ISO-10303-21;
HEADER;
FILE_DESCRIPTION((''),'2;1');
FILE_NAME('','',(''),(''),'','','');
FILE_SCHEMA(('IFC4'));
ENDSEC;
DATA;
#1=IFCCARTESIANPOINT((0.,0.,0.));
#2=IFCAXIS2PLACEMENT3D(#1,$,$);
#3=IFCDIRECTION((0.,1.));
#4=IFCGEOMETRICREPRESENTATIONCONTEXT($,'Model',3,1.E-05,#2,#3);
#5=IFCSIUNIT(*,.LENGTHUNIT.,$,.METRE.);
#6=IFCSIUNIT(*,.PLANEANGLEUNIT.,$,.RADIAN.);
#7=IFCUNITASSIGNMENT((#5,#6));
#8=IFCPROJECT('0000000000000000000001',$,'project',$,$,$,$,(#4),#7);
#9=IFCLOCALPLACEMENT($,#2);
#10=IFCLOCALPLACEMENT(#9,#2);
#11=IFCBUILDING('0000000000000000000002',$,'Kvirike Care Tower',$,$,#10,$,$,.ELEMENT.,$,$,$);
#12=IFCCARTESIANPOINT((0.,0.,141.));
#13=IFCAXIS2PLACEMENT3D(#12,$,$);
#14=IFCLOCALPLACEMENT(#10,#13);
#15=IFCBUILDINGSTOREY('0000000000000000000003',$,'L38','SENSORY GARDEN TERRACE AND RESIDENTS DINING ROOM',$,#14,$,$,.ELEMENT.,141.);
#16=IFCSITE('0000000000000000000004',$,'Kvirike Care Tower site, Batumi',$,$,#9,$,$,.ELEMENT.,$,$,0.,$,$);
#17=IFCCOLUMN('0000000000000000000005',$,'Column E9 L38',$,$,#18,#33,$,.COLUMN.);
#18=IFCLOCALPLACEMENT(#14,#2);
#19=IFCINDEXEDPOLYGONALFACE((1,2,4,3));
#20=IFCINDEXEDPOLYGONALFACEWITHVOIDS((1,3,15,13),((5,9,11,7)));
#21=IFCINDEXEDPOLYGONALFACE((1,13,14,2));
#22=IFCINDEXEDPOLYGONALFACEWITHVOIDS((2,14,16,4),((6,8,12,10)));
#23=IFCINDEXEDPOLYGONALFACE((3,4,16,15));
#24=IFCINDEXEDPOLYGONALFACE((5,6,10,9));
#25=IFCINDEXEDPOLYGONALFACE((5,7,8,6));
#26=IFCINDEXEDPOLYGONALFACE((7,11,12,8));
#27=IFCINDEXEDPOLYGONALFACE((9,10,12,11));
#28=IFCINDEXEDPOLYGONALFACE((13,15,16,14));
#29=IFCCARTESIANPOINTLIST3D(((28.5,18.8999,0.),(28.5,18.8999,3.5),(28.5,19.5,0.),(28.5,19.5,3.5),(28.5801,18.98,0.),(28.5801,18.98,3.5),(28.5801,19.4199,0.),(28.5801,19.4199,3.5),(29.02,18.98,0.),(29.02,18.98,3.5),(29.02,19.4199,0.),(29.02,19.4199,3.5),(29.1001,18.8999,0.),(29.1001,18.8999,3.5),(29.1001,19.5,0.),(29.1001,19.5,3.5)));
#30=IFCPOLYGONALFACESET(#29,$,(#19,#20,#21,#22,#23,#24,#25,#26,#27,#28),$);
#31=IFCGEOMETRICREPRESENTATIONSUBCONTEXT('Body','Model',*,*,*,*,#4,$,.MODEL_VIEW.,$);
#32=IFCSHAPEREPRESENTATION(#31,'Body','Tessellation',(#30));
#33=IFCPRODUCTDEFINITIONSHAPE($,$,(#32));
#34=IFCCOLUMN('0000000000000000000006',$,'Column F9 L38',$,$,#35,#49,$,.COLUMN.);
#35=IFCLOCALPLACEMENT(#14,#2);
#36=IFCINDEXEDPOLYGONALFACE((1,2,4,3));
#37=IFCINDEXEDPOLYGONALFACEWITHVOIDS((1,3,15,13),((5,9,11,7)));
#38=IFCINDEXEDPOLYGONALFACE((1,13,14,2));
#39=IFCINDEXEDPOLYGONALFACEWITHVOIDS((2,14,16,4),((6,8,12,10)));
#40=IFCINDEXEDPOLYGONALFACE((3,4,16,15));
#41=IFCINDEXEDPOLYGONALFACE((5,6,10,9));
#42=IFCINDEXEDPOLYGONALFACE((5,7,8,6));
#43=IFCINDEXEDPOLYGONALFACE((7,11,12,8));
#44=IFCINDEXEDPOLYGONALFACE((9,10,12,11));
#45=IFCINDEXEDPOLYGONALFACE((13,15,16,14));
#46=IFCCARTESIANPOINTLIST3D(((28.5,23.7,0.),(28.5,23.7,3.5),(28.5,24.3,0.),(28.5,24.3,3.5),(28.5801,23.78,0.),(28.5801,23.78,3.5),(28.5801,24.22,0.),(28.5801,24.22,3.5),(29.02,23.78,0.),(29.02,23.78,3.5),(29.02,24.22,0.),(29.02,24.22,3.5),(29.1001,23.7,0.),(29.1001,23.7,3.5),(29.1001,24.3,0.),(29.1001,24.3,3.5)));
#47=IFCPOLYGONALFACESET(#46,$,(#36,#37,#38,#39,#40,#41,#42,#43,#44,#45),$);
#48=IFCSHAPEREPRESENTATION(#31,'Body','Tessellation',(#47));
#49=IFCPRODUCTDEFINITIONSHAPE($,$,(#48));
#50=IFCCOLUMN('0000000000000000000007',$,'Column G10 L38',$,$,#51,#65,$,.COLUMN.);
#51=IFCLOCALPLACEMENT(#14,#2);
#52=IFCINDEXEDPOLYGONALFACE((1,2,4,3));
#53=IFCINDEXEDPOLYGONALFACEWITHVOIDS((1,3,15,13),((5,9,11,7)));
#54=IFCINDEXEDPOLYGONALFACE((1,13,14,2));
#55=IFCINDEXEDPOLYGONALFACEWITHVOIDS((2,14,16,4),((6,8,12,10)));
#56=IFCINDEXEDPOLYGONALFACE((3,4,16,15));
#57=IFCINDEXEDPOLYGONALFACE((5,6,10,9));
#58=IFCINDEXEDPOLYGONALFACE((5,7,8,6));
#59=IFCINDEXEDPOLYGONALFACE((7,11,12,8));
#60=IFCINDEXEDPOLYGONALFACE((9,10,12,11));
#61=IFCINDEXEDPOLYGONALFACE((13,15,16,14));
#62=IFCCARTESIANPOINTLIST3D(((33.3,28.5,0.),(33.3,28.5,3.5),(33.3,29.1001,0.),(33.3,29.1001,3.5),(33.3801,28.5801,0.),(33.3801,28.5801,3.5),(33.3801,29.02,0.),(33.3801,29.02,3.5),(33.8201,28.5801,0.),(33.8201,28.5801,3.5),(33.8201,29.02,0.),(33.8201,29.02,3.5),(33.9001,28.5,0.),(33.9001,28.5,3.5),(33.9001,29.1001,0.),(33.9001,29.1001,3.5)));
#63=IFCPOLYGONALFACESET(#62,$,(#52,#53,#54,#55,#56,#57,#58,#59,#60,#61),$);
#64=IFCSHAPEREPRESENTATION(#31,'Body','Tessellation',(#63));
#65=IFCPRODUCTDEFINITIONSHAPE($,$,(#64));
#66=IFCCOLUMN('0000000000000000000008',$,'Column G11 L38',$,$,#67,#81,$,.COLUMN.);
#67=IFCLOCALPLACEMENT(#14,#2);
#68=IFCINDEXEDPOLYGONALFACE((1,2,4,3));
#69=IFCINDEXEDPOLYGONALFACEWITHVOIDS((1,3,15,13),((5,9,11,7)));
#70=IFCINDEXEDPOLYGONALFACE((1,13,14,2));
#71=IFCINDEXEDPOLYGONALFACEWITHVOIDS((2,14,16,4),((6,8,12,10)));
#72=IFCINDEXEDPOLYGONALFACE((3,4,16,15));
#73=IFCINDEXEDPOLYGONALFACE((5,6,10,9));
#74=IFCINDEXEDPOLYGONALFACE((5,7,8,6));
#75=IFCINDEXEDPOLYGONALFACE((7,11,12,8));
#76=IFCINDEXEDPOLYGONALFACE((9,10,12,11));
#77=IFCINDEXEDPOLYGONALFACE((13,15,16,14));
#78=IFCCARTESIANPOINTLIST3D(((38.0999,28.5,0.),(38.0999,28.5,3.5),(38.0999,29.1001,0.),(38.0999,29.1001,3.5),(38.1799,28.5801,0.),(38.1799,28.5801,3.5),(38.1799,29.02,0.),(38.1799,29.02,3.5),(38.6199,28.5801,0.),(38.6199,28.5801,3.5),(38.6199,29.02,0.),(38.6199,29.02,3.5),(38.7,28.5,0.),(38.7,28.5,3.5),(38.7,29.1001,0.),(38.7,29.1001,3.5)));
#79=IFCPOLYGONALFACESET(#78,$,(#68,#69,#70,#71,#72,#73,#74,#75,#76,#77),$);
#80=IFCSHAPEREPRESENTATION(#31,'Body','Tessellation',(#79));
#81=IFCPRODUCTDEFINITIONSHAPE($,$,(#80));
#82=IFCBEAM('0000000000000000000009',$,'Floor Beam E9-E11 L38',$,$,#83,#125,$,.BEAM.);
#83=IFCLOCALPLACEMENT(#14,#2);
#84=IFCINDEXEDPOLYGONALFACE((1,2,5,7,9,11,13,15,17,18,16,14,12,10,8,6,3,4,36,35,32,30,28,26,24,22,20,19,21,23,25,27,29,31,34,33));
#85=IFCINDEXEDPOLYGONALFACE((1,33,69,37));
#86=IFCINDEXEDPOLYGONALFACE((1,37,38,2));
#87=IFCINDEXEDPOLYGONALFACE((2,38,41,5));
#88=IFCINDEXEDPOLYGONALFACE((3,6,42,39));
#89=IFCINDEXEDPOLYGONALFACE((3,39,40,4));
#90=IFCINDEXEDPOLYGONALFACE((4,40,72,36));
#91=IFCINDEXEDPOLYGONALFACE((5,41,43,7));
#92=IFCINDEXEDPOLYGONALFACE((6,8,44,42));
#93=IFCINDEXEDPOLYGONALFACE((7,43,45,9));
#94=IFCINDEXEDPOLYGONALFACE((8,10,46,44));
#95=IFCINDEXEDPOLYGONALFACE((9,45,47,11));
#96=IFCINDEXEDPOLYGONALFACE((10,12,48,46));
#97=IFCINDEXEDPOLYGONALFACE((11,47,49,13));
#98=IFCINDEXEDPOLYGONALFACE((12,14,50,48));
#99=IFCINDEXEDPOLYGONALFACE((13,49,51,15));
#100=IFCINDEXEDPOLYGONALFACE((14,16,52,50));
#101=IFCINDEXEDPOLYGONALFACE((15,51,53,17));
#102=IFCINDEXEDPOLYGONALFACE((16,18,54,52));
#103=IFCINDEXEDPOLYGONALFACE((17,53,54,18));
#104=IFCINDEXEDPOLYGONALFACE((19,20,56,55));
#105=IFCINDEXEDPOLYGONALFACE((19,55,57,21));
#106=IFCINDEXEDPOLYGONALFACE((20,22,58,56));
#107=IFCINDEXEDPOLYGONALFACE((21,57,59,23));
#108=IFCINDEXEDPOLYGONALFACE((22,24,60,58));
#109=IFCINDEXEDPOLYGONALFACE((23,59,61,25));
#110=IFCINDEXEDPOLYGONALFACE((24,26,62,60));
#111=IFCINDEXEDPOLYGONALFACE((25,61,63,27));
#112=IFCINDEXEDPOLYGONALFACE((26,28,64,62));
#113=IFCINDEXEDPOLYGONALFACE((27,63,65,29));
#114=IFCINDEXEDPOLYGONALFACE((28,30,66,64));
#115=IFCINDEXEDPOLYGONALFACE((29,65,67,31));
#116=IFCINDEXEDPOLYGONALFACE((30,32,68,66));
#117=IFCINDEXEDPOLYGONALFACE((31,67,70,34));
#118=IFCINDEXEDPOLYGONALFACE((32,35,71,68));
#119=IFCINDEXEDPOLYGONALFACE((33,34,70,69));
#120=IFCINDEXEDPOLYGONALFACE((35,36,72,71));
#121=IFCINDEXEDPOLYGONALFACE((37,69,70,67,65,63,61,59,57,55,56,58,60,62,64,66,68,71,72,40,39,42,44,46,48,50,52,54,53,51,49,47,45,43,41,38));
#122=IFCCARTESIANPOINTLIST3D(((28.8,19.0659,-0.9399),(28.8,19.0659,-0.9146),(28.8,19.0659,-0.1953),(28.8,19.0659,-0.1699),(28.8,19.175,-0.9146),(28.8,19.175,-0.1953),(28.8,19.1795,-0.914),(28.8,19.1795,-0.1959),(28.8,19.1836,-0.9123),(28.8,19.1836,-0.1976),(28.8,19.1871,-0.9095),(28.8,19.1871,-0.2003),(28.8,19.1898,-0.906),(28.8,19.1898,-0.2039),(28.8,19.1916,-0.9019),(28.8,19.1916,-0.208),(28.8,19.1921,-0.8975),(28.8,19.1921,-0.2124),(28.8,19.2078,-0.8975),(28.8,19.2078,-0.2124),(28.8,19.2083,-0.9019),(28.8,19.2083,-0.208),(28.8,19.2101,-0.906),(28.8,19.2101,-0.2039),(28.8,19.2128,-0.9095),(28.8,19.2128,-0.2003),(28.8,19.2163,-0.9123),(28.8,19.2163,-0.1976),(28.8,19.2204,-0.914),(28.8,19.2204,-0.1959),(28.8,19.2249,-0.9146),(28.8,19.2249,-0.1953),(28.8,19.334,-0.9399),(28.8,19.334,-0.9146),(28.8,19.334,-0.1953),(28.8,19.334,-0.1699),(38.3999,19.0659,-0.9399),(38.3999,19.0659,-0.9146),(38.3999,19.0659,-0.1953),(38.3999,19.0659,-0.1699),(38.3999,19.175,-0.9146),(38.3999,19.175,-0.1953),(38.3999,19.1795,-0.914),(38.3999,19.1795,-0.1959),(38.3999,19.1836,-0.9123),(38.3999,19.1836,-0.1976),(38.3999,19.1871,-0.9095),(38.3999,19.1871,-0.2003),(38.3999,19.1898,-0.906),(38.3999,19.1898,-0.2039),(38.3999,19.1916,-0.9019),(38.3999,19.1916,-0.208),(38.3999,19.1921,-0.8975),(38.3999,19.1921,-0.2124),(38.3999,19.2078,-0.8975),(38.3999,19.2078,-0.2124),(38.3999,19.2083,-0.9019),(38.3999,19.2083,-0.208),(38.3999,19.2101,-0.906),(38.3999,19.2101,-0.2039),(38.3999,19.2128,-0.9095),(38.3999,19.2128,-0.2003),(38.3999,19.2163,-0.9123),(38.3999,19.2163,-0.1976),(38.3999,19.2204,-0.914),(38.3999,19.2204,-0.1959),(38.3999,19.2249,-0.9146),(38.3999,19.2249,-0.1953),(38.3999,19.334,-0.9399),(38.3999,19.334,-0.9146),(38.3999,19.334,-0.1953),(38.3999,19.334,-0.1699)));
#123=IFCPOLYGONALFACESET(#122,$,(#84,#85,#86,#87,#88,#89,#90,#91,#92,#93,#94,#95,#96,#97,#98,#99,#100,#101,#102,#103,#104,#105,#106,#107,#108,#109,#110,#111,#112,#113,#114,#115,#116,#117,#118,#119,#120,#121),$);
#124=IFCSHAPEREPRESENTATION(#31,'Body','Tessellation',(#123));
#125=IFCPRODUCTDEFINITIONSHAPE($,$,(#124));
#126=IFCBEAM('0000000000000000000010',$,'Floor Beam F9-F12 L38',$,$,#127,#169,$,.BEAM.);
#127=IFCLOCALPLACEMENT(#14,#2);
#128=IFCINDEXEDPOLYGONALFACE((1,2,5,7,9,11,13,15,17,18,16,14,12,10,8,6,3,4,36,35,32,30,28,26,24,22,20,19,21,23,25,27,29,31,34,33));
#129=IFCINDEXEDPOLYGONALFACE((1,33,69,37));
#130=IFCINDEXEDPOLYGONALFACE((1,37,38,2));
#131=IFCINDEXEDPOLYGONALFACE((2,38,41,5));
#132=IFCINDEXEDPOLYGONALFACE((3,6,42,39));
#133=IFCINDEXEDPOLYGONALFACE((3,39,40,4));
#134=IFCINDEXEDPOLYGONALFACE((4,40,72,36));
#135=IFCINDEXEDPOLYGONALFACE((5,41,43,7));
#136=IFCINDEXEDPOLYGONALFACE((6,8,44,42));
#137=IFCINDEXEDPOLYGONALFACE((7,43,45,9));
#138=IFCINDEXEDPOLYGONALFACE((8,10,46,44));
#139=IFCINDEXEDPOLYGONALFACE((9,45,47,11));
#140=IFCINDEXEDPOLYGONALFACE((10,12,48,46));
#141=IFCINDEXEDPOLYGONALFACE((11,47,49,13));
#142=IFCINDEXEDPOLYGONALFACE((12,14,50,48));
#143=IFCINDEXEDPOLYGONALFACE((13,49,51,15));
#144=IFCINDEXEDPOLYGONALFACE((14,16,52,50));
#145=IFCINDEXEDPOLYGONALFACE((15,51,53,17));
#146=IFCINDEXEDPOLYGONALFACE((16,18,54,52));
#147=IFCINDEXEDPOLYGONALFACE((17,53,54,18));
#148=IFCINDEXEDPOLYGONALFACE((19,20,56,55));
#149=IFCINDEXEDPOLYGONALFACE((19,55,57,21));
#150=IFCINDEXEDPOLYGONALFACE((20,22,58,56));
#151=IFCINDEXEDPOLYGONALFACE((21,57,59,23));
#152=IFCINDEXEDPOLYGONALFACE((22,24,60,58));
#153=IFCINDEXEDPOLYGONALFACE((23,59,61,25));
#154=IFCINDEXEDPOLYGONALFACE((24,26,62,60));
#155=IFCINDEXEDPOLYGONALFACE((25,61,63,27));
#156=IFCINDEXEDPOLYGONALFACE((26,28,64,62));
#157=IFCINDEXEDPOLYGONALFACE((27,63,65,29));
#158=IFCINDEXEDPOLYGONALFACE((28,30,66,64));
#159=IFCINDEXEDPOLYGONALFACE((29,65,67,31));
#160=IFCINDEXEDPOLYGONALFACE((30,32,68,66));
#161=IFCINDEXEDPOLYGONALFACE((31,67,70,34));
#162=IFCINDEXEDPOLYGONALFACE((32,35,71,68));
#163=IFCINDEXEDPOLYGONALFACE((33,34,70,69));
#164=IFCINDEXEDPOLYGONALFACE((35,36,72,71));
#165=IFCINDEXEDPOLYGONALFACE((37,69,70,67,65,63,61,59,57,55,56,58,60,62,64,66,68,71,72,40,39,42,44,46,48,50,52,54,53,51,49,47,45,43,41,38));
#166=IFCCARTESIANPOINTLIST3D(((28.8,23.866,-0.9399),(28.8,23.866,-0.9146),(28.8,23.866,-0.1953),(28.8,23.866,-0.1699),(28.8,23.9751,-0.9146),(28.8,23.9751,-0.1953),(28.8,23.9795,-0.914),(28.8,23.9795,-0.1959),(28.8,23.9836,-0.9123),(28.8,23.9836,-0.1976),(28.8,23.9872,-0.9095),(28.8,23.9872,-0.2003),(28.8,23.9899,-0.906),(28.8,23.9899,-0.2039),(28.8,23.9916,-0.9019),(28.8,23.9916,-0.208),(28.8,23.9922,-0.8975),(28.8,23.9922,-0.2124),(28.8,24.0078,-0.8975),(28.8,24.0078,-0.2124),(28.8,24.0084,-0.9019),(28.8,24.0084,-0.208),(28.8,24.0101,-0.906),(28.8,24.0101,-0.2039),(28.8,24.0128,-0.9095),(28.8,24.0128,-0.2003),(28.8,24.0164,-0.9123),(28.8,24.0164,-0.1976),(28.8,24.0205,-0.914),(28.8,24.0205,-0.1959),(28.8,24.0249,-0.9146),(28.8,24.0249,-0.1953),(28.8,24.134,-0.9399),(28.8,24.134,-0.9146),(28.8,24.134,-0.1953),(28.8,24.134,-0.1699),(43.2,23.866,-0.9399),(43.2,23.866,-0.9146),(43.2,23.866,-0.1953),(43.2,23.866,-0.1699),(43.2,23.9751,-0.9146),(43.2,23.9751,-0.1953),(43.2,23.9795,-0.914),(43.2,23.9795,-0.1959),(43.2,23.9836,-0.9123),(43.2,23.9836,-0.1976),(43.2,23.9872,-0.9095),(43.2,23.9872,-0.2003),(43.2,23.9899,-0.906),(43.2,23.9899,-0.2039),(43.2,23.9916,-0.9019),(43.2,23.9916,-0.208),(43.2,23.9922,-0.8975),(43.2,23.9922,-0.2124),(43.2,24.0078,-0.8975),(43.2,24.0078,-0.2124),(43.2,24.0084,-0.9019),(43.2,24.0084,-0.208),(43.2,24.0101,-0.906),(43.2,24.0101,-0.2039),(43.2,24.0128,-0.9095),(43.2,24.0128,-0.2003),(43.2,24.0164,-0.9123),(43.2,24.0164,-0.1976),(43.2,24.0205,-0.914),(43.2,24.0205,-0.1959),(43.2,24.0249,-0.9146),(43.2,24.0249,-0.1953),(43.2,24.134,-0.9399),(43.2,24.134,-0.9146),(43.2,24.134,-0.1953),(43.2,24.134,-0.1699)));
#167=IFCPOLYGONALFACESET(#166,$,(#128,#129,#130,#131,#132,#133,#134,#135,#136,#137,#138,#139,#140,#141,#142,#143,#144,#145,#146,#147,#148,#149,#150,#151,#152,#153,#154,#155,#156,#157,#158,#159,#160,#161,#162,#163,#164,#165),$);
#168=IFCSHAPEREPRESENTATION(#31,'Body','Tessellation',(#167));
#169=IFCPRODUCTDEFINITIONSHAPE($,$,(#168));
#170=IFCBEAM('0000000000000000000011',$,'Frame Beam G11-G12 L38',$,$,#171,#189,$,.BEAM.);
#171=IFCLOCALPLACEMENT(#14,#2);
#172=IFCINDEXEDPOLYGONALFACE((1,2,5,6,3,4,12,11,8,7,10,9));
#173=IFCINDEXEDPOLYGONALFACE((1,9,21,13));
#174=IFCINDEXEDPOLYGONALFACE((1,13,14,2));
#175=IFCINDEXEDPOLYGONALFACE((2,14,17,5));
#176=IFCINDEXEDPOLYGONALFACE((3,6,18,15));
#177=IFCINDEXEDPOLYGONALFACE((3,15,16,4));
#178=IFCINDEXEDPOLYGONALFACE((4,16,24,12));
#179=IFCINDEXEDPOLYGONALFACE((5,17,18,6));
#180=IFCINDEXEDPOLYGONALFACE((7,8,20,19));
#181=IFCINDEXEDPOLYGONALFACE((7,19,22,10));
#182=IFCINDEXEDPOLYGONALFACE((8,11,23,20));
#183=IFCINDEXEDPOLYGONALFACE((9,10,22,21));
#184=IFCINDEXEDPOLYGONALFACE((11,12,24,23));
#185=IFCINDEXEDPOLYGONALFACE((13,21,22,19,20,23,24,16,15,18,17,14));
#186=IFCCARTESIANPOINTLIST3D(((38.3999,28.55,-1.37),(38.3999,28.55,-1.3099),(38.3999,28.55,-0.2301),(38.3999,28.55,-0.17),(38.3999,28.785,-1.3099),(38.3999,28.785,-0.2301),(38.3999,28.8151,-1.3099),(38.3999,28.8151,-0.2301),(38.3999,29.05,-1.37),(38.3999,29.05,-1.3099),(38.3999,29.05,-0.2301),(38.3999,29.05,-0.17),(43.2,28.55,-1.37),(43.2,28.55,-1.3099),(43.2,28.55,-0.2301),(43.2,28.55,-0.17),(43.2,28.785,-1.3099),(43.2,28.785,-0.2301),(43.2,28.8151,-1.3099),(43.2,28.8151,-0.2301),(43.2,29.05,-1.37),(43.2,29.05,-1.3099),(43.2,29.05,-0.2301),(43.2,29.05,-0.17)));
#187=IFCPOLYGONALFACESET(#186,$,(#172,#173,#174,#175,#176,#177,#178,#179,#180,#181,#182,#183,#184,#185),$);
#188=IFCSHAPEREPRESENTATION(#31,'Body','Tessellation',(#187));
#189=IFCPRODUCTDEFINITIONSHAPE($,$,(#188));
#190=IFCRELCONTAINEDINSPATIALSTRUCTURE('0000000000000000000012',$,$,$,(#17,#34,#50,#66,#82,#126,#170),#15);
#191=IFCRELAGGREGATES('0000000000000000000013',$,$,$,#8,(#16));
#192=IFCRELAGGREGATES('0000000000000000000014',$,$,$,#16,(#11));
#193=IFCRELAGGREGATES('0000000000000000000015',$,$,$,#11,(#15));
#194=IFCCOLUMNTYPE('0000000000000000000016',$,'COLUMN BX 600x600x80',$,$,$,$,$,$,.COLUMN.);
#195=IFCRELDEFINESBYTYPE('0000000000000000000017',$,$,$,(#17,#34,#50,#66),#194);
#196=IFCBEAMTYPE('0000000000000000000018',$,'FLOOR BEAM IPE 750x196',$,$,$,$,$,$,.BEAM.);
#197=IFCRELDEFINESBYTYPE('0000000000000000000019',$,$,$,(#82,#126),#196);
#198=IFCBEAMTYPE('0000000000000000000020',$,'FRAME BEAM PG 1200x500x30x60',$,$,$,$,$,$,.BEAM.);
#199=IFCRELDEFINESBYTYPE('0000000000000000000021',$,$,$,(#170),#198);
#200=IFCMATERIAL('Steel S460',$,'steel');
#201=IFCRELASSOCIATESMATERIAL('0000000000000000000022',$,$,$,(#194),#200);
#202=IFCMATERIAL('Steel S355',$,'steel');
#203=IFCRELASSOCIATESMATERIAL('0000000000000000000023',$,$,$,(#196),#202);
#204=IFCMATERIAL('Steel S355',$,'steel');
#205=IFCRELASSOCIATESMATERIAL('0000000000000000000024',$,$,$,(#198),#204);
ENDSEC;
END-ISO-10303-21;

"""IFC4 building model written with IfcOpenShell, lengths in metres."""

from ifc_helpers import new_model, si_unit, direction, frame, origin, origin_2d, place, context, subcontext, project, spatial, hollow_rectangle, i_section, extrude, material, material_profile, profile_set, type_object, element, save


model = new_model("IFC4")

# Units and contexts
model_context = context("Model", 3, precision=1e-05, world=origin(), true_north=direction((0.0, 1.0)))
body_context = subcontext(model_context, "Body", "Model", "MODEL_VIEW")
ifc_project = project(units=[si_unit("LENGTHUNIT", "METRE"), si_unit("PLANEANGLEUNIT", "RADIAN")], contexts=[model_context])

# Site, building, storey
site_placement = place(None, origin())
site = spatial("IfcSite", under=ifc_project, at=site_placement, Name="Kvirike Care Tower site, Batumi", CompositionType="ELEMENT", RefElevation=0.0)
building_placement = place(site_placement, origin())
building = spatial("IfcBuilding", under=site, at=building_placement, Name="Kvirike Care Tower", CompositionType="ELEMENT")
storey_placement = place(building_placement, frame((0.0, 0.0, 141.0)))
storey = spatial("IfcBuildingStorey", under=building, at=storey_placement, Name="L38", Description="SENSORY GARDEN TERRACE AND RESIDENTS DINING ROOM", CompositionType="ELEMENT", Elevation=141.0)

# Columns
ifc_material_1 = material(Name="Steel S460", Category="steel")
ifc_material_profile_1 = material_profile(ifc_material_1, hollow_rectangle(XDim=0.6001, YDim=0.6001, WallThickness=0.0801, at=origin_2d()), Name="BX 600x600x80")
ifc_profile_set_1 = profile_set([ifc_material_profile_1], Name="Steel S460")
column_type = type_object("IfcColumnType", Name="COLUMN BX 600x600x80", PredefinedType="COLUMN", material=ifc_profile_set_1)
for number, where, z_axis, x_axis, name in (
    (1, (28.8, 19.2, 0.0), (0.0, 0.0, 1.0), (0.0, 1.0, 0.0), "Column E9 L38"),
    (2, (28.8, 24.0, 0.0), (0.0, 0.0, 1.0), (1.0, 0.0, 0.0), "Column F9 L38"),
    (3, (33.6001, 28.8, 0.0), (0.0, 0.0, 1.0), (0.0, 1.0, 0.0), "Column G10 L38"),
    (4, (38.3999, 28.8, 0.0), (0.0, 0.0, 1.0), (0.0, 1.0, 0.0), "Column G11 L38"),
):
    element("IfcColumn", number, at=place(storey_placement, frame(where, z_axis=z_axis, x_axis=x_axis)), inside=storey, type_object=column_type, Name=name, PredefinedType="COLUMN", context=body_context, shape_type="SweptSolid", body=[
        extrude(hollow_rectangle(XDim=0.6001, YDim=0.6001, WallThickness=0.0801, at=origin_2d()), origin(), (0.0, 0.0, 1.0), 3.5),
    ])

# Beams
ifc_material_2 = material(Name="Steel S355", Category="steel")
ifc_material_profile_2 = material_profile(ifc_material_2, i_section(OverallWidth=0.2681, OverallDepth=0.77, WebThickness=0.0156, FlangeThickness=0.0254, FilletRadius=0.0171, at=origin_2d()), Name="IPE 750x196")
ifc_profile_set_2 = profile_set([ifc_material_profile_2], Name="Steel S355")
beam_type_1 = type_object("IfcBeamType", Name="FLOOR BEAM IPE 750x196", PredefinedType="BEAM", material=ifc_profile_set_2)
beam_1_placement = place(storey_placement, frame((28.8, 19.2, -0.5549), z_axis=(1.0, 0.0, 0.0), x_axis=(0.0, 1.0, 0.0)))
element("IfcBeam", 5, at=beam_1_placement, inside=storey, type_object=beam_type_1, Name="Floor Beam E9-E11 L38", PredefinedType="BEAM", context=body_context, shape_type="SweptSolid", body=[
    extrude(i_section(OverallWidth=0.2681, OverallDepth=0.77, WebThickness=0.0156, FlangeThickness=0.0254, FilletRadius=0.0171, at=origin_2d()), origin(), (0.0, 0.0, 1.0), 9.5999),
])
beam_2_placement = place(storey_placement, frame((28.8, 24.0, -0.5549), z_axis=(1.0, 0.0, 0.0), x_axis=(0.0, 1.0, 0.0)))
element("IfcBeam", 6, at=beam_2_placement, inside=storey, type_object=beam_type_1, Name="Floor Beam F9-F12 L38", PredefinedType="BEAM", context=body_context, shape_type="SweptSolid", body=[
    extrude(i_section(OverallWidth=0.2681, OverallDepth=0.77, WebThickness=0.0156, FlangeThickness=0.0254, FilletRadius=0.0171, at=origin_2d()), origin(), (0.0, 0.0, 1.0), 14.3999),
])
ifc_material_3 = material(Name="Steel S355", Category="steel")
ifc_material_profile_3 = material_profile(ifc_material_3, i_section(OverallWidth=0.5, OverallDepth=1.2, WebThickness=0.03, FlangeThickness=0.0601, at=origin_2d()), Name="PG 1200x500x30x60")
ifc_profile_set_3 = profile_set([ifc_material_profile_3], Name="Steel S355")
beam_type_2 = type_object("IfcBeamType", Name="FRAME BEAM PG 1200x500x30x60", PredefinedType="BEAM", material=ifc_profile_set_3)
for number, where, z_axis, x_axis, name in (
    (7, (38.3999, 28.8, -0.77), (1.0, 0.0, 0.0), (0.0, 1.0, 0.0), "Frame Beam G11-G12 L38"),
):
    element("IfcBeam", number, at=place(storey_placement, frame(where, z_axis=z_axis, x_axis=x_axis)), inside=storey, type_object=beam_type_2, Name=name, PredefinedType="BEAM", context=body_context, shape_type="SweptSolid", body=[
        extrude(i_section(OverallWidth=0.5, OverallDepth=1.2, WebThickness=0.03, FlangeThickness=0.0601, at=origin_2d()), origin(), (0.0, 0.0, 1.0), 4.8),
    ])

save(model, "model.ifc")
